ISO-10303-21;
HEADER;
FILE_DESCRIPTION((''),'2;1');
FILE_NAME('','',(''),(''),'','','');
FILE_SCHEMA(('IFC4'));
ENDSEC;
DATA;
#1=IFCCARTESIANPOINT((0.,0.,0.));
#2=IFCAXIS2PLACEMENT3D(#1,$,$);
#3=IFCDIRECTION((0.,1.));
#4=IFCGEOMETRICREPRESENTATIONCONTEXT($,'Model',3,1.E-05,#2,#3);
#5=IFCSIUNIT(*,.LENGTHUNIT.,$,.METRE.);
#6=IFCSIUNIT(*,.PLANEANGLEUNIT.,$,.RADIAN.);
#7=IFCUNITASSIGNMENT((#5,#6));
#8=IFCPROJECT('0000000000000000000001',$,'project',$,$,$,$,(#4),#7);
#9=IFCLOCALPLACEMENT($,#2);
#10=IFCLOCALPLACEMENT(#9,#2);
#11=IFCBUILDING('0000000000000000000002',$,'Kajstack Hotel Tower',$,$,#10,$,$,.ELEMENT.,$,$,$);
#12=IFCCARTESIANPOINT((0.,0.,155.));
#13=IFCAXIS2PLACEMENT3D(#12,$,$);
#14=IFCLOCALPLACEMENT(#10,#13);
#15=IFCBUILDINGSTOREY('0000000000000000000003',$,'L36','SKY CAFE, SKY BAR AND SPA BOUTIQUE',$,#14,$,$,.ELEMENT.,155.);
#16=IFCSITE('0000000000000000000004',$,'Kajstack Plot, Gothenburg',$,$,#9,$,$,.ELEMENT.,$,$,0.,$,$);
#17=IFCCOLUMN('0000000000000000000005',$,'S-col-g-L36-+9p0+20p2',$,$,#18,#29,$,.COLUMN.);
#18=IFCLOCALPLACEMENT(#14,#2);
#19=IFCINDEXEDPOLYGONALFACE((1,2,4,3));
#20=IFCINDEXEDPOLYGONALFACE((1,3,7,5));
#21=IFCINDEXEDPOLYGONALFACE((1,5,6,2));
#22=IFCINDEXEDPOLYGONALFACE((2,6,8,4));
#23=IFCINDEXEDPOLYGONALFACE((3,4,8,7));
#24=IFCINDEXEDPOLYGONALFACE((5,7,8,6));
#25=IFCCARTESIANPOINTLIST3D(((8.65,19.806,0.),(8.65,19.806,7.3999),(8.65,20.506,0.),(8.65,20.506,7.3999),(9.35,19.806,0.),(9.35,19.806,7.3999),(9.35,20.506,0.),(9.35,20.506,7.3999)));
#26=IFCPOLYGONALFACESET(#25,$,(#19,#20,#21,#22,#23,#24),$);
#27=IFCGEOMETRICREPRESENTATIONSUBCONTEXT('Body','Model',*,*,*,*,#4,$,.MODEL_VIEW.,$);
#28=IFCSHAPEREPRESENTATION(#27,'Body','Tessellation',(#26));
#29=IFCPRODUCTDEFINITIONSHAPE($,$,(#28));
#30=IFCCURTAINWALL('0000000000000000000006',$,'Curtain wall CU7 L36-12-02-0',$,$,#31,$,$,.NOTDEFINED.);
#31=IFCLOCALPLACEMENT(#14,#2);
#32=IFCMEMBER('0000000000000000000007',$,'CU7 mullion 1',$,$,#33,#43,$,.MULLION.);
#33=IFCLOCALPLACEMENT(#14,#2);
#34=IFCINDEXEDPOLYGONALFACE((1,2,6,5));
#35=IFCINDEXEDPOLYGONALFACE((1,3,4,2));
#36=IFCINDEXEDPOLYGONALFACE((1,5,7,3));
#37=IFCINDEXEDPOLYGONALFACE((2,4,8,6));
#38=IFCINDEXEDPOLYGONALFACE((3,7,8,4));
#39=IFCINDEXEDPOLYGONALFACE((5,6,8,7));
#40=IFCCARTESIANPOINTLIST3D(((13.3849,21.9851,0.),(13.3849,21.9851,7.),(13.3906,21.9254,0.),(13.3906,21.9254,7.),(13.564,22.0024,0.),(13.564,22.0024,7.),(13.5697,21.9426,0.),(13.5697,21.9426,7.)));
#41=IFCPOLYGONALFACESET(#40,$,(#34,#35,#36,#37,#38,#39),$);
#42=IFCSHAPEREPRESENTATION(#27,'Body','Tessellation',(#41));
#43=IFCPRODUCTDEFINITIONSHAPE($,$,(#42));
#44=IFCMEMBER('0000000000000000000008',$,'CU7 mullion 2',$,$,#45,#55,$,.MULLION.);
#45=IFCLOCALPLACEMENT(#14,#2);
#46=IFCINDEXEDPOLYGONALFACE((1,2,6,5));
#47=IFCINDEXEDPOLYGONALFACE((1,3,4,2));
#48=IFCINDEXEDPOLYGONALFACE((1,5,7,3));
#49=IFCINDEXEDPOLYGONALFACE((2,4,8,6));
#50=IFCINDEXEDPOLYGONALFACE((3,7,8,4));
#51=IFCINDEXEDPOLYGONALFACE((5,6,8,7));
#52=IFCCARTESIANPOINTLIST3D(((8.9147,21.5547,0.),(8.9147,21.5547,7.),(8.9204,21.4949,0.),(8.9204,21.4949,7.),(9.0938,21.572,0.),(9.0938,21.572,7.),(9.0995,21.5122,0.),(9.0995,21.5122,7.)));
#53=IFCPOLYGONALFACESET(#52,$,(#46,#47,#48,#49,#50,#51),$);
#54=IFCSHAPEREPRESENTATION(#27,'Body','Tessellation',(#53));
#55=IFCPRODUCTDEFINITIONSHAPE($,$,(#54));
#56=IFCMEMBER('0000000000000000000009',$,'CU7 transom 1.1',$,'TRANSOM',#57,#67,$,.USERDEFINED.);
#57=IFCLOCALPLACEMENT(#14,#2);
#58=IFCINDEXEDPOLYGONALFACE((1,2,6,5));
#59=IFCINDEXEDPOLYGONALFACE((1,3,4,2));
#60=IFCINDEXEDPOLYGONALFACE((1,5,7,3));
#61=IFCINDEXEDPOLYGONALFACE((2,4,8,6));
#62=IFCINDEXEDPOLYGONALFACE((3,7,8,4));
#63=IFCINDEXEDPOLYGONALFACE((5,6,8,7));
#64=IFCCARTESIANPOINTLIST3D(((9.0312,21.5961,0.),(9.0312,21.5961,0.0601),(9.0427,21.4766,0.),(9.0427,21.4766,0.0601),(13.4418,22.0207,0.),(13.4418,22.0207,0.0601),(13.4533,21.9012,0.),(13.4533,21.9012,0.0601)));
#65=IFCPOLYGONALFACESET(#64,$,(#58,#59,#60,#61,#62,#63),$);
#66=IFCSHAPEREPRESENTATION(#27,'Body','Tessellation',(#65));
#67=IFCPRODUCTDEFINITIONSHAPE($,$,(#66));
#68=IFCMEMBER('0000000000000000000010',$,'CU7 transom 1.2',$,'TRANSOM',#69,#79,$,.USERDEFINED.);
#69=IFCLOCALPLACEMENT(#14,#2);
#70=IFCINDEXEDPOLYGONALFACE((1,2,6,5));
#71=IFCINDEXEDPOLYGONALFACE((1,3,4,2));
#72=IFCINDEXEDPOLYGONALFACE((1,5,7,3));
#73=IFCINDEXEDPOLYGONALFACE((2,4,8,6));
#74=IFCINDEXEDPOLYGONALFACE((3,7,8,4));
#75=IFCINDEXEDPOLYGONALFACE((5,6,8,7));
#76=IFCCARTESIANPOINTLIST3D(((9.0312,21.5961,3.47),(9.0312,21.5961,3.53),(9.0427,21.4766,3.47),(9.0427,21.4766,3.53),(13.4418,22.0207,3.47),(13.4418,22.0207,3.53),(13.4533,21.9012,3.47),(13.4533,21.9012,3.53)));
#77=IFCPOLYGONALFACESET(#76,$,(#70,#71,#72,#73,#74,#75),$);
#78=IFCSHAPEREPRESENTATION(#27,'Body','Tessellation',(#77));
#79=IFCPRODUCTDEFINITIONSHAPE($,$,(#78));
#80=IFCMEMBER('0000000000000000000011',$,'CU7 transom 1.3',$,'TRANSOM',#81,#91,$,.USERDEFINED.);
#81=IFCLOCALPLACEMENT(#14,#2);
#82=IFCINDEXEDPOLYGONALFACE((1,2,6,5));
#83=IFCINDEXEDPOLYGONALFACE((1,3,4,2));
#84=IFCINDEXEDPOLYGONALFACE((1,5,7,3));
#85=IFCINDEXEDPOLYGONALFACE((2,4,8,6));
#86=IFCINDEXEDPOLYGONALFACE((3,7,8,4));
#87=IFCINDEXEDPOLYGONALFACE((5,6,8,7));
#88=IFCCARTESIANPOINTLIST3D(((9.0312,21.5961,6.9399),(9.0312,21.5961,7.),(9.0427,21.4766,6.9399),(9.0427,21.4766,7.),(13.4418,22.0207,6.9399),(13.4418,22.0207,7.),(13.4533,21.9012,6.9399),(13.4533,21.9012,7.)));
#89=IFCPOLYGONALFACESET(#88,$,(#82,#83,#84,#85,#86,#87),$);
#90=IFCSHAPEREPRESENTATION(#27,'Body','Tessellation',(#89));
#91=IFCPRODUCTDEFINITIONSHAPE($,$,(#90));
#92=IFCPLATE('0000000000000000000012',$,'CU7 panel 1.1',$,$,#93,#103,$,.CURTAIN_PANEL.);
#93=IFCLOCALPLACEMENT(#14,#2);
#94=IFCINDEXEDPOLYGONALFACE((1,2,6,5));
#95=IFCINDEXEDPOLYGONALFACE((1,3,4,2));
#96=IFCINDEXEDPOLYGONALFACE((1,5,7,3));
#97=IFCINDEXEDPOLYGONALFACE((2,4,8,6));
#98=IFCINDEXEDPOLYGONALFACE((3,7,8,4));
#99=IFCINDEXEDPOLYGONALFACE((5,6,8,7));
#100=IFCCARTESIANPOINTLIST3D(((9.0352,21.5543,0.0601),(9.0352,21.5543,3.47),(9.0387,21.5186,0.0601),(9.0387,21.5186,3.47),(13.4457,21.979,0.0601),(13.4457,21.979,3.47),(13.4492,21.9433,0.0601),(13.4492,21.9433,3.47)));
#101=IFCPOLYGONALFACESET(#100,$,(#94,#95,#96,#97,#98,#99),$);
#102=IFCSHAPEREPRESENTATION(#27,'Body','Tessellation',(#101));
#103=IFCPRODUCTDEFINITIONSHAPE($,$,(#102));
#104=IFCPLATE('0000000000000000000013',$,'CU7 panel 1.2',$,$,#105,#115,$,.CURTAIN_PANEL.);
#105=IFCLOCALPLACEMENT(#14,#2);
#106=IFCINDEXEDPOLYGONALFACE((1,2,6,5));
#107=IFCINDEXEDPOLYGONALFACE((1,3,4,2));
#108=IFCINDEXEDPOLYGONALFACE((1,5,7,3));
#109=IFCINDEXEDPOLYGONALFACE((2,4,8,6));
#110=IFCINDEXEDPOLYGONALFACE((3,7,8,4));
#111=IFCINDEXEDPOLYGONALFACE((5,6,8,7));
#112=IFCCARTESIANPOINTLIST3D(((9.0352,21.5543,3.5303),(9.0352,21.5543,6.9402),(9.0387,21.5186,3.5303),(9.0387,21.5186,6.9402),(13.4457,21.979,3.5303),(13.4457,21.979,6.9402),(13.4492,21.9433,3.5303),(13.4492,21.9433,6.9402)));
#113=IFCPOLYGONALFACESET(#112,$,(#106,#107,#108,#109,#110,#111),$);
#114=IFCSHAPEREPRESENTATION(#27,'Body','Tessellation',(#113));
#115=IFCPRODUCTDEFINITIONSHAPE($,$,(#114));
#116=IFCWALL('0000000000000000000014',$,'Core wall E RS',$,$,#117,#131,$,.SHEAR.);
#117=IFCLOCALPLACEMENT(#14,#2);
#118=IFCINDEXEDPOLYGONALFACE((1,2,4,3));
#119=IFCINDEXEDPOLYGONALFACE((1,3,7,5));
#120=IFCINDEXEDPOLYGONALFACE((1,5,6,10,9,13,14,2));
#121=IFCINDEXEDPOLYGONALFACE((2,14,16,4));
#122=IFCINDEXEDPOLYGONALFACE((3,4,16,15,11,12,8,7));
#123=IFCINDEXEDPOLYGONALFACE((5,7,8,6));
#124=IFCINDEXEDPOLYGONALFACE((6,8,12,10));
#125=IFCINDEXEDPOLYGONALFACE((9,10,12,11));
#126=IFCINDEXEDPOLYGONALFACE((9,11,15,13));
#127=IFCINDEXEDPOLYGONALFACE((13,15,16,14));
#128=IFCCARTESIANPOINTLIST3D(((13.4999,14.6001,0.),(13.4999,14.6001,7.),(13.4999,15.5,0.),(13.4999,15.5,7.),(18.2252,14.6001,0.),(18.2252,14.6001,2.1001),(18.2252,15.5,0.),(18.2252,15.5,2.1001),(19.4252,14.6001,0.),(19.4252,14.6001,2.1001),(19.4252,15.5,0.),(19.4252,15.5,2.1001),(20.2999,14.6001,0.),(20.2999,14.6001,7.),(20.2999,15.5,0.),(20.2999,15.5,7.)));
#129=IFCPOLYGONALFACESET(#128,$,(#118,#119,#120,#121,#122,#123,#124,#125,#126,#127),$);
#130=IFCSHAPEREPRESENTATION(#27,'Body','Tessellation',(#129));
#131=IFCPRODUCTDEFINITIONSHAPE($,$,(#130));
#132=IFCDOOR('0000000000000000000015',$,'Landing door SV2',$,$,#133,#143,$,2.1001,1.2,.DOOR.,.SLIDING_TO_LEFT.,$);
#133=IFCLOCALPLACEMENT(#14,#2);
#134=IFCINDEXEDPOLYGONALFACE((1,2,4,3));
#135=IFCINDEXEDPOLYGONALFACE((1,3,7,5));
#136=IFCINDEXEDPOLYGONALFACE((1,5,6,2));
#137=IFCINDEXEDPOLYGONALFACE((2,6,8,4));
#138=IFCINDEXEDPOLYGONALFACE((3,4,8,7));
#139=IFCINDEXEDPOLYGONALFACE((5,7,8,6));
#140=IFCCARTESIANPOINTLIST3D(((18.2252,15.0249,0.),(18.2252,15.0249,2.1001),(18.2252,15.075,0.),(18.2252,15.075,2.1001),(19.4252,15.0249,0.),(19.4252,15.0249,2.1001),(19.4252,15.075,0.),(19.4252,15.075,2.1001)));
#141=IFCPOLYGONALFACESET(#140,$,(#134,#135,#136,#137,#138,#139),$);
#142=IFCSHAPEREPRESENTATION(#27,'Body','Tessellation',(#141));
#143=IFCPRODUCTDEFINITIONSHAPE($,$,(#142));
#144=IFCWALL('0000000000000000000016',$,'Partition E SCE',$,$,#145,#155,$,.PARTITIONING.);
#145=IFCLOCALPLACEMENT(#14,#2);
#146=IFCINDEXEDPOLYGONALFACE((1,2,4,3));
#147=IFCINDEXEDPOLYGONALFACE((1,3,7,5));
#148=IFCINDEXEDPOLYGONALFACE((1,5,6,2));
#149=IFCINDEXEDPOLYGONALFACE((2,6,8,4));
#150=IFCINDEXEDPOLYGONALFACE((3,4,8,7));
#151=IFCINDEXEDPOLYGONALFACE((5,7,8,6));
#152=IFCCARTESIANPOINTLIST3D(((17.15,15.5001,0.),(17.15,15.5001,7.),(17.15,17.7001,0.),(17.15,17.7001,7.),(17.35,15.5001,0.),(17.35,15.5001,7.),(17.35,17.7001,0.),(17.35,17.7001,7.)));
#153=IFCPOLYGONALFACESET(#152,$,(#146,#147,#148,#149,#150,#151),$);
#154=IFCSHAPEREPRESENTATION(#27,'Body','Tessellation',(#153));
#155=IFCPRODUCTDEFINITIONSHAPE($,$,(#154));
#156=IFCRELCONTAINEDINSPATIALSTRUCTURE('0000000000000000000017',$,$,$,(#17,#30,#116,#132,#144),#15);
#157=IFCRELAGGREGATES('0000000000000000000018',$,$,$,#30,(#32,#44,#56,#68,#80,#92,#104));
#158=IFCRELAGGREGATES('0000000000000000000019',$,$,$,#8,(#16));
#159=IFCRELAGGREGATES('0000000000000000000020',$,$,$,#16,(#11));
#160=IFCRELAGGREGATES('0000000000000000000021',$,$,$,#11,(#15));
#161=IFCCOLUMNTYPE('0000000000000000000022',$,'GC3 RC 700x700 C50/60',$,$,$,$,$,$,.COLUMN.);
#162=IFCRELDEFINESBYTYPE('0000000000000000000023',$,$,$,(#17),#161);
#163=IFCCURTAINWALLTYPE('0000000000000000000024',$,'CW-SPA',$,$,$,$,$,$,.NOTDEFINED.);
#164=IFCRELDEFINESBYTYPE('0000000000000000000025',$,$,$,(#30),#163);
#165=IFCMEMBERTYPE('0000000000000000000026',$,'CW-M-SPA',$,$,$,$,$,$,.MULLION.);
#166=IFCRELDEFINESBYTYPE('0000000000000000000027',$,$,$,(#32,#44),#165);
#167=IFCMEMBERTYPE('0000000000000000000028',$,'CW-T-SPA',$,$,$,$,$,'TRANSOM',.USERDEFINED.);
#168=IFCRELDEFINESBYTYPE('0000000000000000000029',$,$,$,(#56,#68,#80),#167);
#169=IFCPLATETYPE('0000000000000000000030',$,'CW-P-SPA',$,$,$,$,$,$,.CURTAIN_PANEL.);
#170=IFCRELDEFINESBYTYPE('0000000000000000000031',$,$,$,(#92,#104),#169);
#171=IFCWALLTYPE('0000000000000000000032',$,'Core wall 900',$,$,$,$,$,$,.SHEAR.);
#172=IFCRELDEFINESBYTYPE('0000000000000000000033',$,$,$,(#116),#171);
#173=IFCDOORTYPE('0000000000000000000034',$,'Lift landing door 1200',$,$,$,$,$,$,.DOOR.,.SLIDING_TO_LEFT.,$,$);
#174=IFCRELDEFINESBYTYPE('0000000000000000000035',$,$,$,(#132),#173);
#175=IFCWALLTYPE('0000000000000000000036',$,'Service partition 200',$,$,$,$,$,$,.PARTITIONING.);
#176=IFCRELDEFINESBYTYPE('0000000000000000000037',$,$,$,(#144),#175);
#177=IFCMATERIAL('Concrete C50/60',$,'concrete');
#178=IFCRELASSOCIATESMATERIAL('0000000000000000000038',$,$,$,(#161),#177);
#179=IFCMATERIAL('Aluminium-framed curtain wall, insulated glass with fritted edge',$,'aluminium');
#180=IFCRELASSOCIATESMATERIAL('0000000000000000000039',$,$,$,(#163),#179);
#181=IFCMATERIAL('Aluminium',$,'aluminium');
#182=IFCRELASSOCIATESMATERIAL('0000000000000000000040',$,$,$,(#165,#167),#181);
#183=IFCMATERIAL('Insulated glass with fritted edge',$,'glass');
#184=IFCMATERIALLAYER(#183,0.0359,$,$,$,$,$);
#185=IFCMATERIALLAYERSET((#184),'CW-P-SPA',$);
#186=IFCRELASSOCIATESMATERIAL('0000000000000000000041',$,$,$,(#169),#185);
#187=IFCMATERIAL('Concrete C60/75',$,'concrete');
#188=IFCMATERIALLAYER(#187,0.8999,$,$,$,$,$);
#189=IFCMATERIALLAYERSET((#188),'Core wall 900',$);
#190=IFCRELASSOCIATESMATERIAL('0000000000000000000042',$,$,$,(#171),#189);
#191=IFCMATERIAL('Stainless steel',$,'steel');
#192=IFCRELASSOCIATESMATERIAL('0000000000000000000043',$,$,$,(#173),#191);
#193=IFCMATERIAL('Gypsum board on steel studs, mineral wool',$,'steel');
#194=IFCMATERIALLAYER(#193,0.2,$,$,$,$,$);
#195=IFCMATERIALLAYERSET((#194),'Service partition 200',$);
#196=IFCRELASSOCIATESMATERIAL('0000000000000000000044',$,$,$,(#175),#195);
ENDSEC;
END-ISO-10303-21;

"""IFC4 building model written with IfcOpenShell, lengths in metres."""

from ifc_helpers import new_model, si_unit, direction, frame, frame_2d, origin, origin_2d, place, context, subcontext, project, spatial, rectangle, extrude, material, layer, layer_set, material_profile, profile_set, type_object, element, fill, aggregate, save


model = new_model("IFC4")

# Units and contexts
model_context = context("Model", 3, precision=1e-05, world=origin(), true_north=direction((0.0, 1.0)))
body_context = subcontext(model_context, "Body", "Model", "MODEL_VIEW")
ifc_project = project(units=[si_unit("LENGTHUNIT", "METRE"), si_unit("PLANEANGLEUNIT", "RADIAN")], contexts=[model_context])

# Site, building, storey
site_placement = place(None, origin())
site = spatial("IfcSite", under=ifc_project, at=site_placement, Name="Kajstack Plot, Gothenburg", CompositionType="ELEMENT", RefElevation=0.0)
building_placement = place(site_placement, origin())
building = spatial("IfcBuilding", under=site, at=building_placement, Name="Kajstack Hotel Tower", CompositionType="ELEMENT")
storey_placement = place(building_placement, frame((0.0, 0.0, 155.0)))
storey = spatial("IfcBuildingStorey", under=building, at=storey_placement, Name="L36", Description="SKY CAFE, SKY BAR AND SPA BOUTIQUE", CompositionType="ELEMENT", Elevation=155.0)

# Column
ifc_material_1 = material(Name="Concrete C50/60", Category="concrete")
ifc_material_profile_1 = material_profile(ifc_material_1, rectangle(XDim=0.7, YDim=0.7, at=origin_2d()), Name="RC 700x700")
ifc_profile_set_1 = profile_set([ifc_material_profile_1], Name="Concrete C50/60")
column_type = type_object("IfcColumnType", Name="GC3 RC 700x700 C50/60", PredefinedType="COLUMN", material=ifc_profile_set_1)
column_placement = place(storey_placement, frame((9.0, 20.156, 0.0), z_axis=(0.0, 0.0, 1.0), x_axis=(1.0, 0.0, 0.0)))
element("IfcColumn", 1, at=column_placement, inside=storey, type_object=column_type, Name="S-col-g-L36-+9p0+20p2", PredefinedType="COLUMN", context=body_context, shape_type="SweptSolid", body=[
    extrude(rectangle(XDim=0.7, YDim=0.7, at=origin_2d()), origin(), (0.0, 0.0, 1.0), 7.3999),
])

# Curtain wall, members, plates
ifc_material_2 = material(Name="Aluminium-framed curtain wall, insulated glass with fritted edge", Category="aluminium")
curtain_wall_type = type_object("IfcCurtainWallType", Name="CW-SPA", PredefinedType="NOTDEFINED", material=ifc_material_2)
curtain_wall_placement = place(storey_placement, origin())
curtain_wall = element("IfcCurtainWall", 2, at=curtain_wall_placement, inside=storey, type_object=curtain_wall_type, Name="Curtain wall CU7 L36-12-02-0", PredefinedType="NOTDEFINED")
ifc_material_3 = material(Name="Aluminium", Category="aluminium")
ifc_material_profile_2 = material_profile(ifc_material_3, rectangle(XDim=0.0601, YDim=0.1799, at=origin_2d()), Name="Aluminium mullion 60 x 180")
ifc_profile_set_2 = profile_set([ifc_material_profile_2], Name="Aluminium")
member_type_1 = type_object("IfcMemberType", Name="CW-M-SPA", PredefinedType="MULLION", material=ifc_profile_set_2)
member_1_placement = place(storey_placement, frame((13.4773, 21.9639, 0.0), z_axis=(0.0, 0.0, 1.0), x_axis=(0.095845, -0.995396, 0.0)))
member_1 = element("IfcMember", 3, at=member_1_placement, type_object=member_type_1, Name="CU7 mullion 1", PredefinedType="MULLION", context=body_context, shape_type="SweptSolid", body=[
    extrude(rectangle(XDim=0.0601, YDim=0.1799, at=origin_2d()), origin(), (0.0, 0.0, 1.0), 7.0),
])
member_2_placement = place(storey_placement, frame((9.0071, 21.5334, 0.0), z_axis=(0.0, 0.0, 1.0), x_axis=(0.095845, -0.995396, 0.0)))
member_2 = element("IfcMember", 4, at=member_2_placement, type_object=member_type_1, Name="CU7 mullion 2", PredefinedType="MULLION", context=body_context, shape_type="SweptSolid", body=[
    extrude(rectangle(XDim=0.0601, YDim=0.1799, at=origin_2d()), origin(), (0.0, 0.0, 1.0), 7.0),
])
ifc_material_profile_3 = material_profile(ifc_material_3, rectangle(XDim=0.1201, YDim=0.0601, at=origin_2d()), Name="Aluminium transom 120 x 60")
ifc_profile_set_3 = profile_set([ifc_material_profile_3], Name="Aluminium")
member_type_2 = type_object("IfcMemberType", Name="CW-T-SPA", ElementType="TRANSOM", PredefinedType="USERDEFINED", material=ifc_profile_set_3)
member_3_placement = place(storey_placement, frame((13.4475, 21.9609, 0.03), z_axis=(-0.995399, -0.095821, 0.0), x_axis=(0.095821, -0.995399, 0.0)))
member_3 = element("IfcMember", 5, at=member_3_placement, type_object=member_type_2, Name="CU7 transom 1.1", ObjectType="TRANSOM", PredefinedType="USERDEFINED", context=body_context, shape_type="SweptSolid", body=[
    extrude(rectangle(XDim=0.1201, YDim=0.0601, at=origin_2d()), origin(), (0.0, 0.0, 1.0), 4.4309),
])
member_4_placement = place(storey_placement, frame((13.4475, 21.9609, 3.5), z_axis=(-0.995399, -0.095821, 0.0), x_axis=(0.095821, -0.995399, 0.0)))
member_4 = element("IfcMember", 6, at=member_4_placement, type_object=member_type_2, Name="CU7 transom 1.2", ObjectType="TRANSOM", PredefinedType="USERDEFINED", context=body_context, shape_type="SweptSolid", body=[
    extrude(rectangle(XDim=0.1201, YDim=0.0601, at=origin_2d()), origin(), (0.0, 0.0, 1.0), 4.4309),
])
member_5_placement = place(storey_placement, frame((13.4475, 21.9609, 6.97), z_axis=(-0.995399, -0.095821, 0.0), x_axis=(0.095821, -0.995399, 0.0)))
member_5 = element("IfcMember", 7, at=member_5_placement, type_object=member_type_2, Name="CU7 transom 1.3", ObjectType="TRANSOM", PredefinedType="USERDEFINED", context=body_context, shape_type="SweptSolid", body=[
    extrude(rectangle(XDim=0.1201, YDim=0.0601, at=origin_2d()), origin(), (0.0, 0.0, 1.0), 4.4309),
])
ifc_material_4 = material(Name="Insulated glass with fritted edge", Category="glass")
ifc_layer_1 = layer(ifc_material_4, 0.0359)
ifc_layer_set_1 = layer_set([ifc_layer_1], Name="CW-P-SPA")
plate_type = type_object("IfcPlateType", Name="CW-P-SPA", PredefinedType="CURTAIN_PANEL", material=ifc_layer_set_1)
plate_1_placement = place(storey_placement, frame((11.2422, 21.7488, 0.0601), z_axis=(0.0, 0.0, 1.0), x_axis=(-0.995396, -0.095845, 0.0)))
plate_1 = element("IfcPlate", 8, at=plate_1_placement, type_object=plate_type, Name="CU7 panel 1.1", PredefinedType="CURTAIN_PANEL", context=body_context, shape_type="SweptSolid", body=[
    extrude(rectangle(XDim=4.4309, YDim=0.0359, at=origin_2d()), origin(), (0.0, 0.0, 1.0), 3.4099),
])
plate_2_placement = place(storey_placement, frame((11.2422, 21.7488, 3.5303), z_axis=(0.0, 0.0, 1.0), x_axis=(-0.995396, -0.095845, 0.0)))
plate_2 = element("IfcPlate", 9, at=plate_2_placement, type_object=plate_type, Name="CU7 panel 1.2", PredefinedType="CURTAIN_PANEL", context=body_context, shape_type="SweptSolid", body=[
    extrude(rectangle(XDim=4.4309, YDim=0.0359, at=origin_2d()), origin(), (0.0, 0.0, 1.0), 3.4099),
])
aggregate(curtain_wall, [member_1, member_2, member_3, member_4, member_5, plate_1, plate_2])

# Wall, opening, door
ifc_material_5 = material(Name="Concrete C60/75", Category="concrete")
ifc_layer_2 = layer(ifc_material_5, 0.8999)
ifc_layer_set_2 = layer_set([ifc_layer_2], Name="Core wall 900")
wall_type_1 = type_object("IfcWallType", Name="Core wall 900", PredefinedType="SHEAR", material=ifc_layer_set_2)
wall_1_placement = place(storey_placement, frame((13.5, 15.05, 0.0), z_axis=(0.0, 0.0, 1.0), x_axis=(1.0, 0.0, 0.0)))
wall_1 = element("IfcWall", 10, at=wall_1_placement, inside=storey, type_object=wall_type_1, Name="Core wall E RS", PredefinedType="SHEAR", context=body_context, shape_type="SweptSolid", body=[
    extrude(rectangle(XDim=6.8, YDim=0.8999, at=frame_2d((3.3999, 0.0))), origin(), (0.0, 0.0, 1.0), 7.0),
])
opening_1_placement = place(wall_1_placement, frame((4.7251, 0.0, 0.0)))
opening_1 = element("IfcOpeningElement", 11, at=opening_1_placement, cuts=wall_1, PredefinedType="OPENING", context=body_context, shape_type="SweptSolid", body=[
    extrude(rectangle(XDim=1.2, YDim=2.1001, at=frame_2d((0.6001, 1.05))), frame((0.0, 0.46, 0.0), z_axis=(0.0, -1.0, 0.0), x_axis=(1.0, 0.0, 0.0)), (0.0, 0.0, 1.0), 0.9199),
])
ifc_material_6 = material(Name="Stainless steel", Category="steel")
door_type_1 = type_object("IfcDoorType", Name="Lift landing door 1200", OperationType="SLIDING_TO_LEFT", PredefinedType="DOOR", material=ifc_material_6)
door_1_placement = place(opening_1_placement, origin())
door_1 = element("IfcDoor", 12, at=door_1_placement, inside=storey, type_object=door_type_1, Name="Landing door SV2", OperationType="SLIDING_TO_LEFT", OverallHeight=2.1001, OverallWidth=1.2, PredefinedType="DOOR", context=body_context, shape_type="SweptSolid", body=[
    extrude(rectangle(XDim=1.2, YDim=2.1001, at=frame_2d((0.6001, 1.05))), frame((0.0, 0.0249, 0.0), z_axis=(0.0, -1.0, 0.0), x_axis=(1.0, 0.0, 0.0)), (0.0, 0.0, 1.0), 0.05),
])
fill(opening_1, door_1)

# Wall
ifc_material_7 = material(Name="Gypsum board on steel studs, mineral wool", Category="steel")
ifc_layer_3 = layer(ifc_material_7, 0.2)
ifc_layer_set_3 = layer_set([ifc_layer_3], Name="Service partition 200")
wall_type_2 = type_object("IfcWallType", Name="Service partition 200", PredefinedType="PARTITIONING", material=ifc_layer_set_3)
wall_2_placement = place(storey_placement, frame((17.25, 15.5, 0.0), z_axis=(0.0, 0.0, 1.0), x_axis=(0.0, 1.0, 0.0)))
element("IfcWall", 13, at=wall_2_placement, inside=storey, type_object=wall_type_2, Name="Partition E SCE", PredefinedType="PARTITIONING", context=body_context, shape_type="SweptSolid", body=[
    extrude(rectangle(XDim=2.2, YDim=0.2, at=frame_2d((1.1001, 0.0))), origin(), (0.0, 0.0, 1.0), 7.0),
])

save(model, "model.ifc")
